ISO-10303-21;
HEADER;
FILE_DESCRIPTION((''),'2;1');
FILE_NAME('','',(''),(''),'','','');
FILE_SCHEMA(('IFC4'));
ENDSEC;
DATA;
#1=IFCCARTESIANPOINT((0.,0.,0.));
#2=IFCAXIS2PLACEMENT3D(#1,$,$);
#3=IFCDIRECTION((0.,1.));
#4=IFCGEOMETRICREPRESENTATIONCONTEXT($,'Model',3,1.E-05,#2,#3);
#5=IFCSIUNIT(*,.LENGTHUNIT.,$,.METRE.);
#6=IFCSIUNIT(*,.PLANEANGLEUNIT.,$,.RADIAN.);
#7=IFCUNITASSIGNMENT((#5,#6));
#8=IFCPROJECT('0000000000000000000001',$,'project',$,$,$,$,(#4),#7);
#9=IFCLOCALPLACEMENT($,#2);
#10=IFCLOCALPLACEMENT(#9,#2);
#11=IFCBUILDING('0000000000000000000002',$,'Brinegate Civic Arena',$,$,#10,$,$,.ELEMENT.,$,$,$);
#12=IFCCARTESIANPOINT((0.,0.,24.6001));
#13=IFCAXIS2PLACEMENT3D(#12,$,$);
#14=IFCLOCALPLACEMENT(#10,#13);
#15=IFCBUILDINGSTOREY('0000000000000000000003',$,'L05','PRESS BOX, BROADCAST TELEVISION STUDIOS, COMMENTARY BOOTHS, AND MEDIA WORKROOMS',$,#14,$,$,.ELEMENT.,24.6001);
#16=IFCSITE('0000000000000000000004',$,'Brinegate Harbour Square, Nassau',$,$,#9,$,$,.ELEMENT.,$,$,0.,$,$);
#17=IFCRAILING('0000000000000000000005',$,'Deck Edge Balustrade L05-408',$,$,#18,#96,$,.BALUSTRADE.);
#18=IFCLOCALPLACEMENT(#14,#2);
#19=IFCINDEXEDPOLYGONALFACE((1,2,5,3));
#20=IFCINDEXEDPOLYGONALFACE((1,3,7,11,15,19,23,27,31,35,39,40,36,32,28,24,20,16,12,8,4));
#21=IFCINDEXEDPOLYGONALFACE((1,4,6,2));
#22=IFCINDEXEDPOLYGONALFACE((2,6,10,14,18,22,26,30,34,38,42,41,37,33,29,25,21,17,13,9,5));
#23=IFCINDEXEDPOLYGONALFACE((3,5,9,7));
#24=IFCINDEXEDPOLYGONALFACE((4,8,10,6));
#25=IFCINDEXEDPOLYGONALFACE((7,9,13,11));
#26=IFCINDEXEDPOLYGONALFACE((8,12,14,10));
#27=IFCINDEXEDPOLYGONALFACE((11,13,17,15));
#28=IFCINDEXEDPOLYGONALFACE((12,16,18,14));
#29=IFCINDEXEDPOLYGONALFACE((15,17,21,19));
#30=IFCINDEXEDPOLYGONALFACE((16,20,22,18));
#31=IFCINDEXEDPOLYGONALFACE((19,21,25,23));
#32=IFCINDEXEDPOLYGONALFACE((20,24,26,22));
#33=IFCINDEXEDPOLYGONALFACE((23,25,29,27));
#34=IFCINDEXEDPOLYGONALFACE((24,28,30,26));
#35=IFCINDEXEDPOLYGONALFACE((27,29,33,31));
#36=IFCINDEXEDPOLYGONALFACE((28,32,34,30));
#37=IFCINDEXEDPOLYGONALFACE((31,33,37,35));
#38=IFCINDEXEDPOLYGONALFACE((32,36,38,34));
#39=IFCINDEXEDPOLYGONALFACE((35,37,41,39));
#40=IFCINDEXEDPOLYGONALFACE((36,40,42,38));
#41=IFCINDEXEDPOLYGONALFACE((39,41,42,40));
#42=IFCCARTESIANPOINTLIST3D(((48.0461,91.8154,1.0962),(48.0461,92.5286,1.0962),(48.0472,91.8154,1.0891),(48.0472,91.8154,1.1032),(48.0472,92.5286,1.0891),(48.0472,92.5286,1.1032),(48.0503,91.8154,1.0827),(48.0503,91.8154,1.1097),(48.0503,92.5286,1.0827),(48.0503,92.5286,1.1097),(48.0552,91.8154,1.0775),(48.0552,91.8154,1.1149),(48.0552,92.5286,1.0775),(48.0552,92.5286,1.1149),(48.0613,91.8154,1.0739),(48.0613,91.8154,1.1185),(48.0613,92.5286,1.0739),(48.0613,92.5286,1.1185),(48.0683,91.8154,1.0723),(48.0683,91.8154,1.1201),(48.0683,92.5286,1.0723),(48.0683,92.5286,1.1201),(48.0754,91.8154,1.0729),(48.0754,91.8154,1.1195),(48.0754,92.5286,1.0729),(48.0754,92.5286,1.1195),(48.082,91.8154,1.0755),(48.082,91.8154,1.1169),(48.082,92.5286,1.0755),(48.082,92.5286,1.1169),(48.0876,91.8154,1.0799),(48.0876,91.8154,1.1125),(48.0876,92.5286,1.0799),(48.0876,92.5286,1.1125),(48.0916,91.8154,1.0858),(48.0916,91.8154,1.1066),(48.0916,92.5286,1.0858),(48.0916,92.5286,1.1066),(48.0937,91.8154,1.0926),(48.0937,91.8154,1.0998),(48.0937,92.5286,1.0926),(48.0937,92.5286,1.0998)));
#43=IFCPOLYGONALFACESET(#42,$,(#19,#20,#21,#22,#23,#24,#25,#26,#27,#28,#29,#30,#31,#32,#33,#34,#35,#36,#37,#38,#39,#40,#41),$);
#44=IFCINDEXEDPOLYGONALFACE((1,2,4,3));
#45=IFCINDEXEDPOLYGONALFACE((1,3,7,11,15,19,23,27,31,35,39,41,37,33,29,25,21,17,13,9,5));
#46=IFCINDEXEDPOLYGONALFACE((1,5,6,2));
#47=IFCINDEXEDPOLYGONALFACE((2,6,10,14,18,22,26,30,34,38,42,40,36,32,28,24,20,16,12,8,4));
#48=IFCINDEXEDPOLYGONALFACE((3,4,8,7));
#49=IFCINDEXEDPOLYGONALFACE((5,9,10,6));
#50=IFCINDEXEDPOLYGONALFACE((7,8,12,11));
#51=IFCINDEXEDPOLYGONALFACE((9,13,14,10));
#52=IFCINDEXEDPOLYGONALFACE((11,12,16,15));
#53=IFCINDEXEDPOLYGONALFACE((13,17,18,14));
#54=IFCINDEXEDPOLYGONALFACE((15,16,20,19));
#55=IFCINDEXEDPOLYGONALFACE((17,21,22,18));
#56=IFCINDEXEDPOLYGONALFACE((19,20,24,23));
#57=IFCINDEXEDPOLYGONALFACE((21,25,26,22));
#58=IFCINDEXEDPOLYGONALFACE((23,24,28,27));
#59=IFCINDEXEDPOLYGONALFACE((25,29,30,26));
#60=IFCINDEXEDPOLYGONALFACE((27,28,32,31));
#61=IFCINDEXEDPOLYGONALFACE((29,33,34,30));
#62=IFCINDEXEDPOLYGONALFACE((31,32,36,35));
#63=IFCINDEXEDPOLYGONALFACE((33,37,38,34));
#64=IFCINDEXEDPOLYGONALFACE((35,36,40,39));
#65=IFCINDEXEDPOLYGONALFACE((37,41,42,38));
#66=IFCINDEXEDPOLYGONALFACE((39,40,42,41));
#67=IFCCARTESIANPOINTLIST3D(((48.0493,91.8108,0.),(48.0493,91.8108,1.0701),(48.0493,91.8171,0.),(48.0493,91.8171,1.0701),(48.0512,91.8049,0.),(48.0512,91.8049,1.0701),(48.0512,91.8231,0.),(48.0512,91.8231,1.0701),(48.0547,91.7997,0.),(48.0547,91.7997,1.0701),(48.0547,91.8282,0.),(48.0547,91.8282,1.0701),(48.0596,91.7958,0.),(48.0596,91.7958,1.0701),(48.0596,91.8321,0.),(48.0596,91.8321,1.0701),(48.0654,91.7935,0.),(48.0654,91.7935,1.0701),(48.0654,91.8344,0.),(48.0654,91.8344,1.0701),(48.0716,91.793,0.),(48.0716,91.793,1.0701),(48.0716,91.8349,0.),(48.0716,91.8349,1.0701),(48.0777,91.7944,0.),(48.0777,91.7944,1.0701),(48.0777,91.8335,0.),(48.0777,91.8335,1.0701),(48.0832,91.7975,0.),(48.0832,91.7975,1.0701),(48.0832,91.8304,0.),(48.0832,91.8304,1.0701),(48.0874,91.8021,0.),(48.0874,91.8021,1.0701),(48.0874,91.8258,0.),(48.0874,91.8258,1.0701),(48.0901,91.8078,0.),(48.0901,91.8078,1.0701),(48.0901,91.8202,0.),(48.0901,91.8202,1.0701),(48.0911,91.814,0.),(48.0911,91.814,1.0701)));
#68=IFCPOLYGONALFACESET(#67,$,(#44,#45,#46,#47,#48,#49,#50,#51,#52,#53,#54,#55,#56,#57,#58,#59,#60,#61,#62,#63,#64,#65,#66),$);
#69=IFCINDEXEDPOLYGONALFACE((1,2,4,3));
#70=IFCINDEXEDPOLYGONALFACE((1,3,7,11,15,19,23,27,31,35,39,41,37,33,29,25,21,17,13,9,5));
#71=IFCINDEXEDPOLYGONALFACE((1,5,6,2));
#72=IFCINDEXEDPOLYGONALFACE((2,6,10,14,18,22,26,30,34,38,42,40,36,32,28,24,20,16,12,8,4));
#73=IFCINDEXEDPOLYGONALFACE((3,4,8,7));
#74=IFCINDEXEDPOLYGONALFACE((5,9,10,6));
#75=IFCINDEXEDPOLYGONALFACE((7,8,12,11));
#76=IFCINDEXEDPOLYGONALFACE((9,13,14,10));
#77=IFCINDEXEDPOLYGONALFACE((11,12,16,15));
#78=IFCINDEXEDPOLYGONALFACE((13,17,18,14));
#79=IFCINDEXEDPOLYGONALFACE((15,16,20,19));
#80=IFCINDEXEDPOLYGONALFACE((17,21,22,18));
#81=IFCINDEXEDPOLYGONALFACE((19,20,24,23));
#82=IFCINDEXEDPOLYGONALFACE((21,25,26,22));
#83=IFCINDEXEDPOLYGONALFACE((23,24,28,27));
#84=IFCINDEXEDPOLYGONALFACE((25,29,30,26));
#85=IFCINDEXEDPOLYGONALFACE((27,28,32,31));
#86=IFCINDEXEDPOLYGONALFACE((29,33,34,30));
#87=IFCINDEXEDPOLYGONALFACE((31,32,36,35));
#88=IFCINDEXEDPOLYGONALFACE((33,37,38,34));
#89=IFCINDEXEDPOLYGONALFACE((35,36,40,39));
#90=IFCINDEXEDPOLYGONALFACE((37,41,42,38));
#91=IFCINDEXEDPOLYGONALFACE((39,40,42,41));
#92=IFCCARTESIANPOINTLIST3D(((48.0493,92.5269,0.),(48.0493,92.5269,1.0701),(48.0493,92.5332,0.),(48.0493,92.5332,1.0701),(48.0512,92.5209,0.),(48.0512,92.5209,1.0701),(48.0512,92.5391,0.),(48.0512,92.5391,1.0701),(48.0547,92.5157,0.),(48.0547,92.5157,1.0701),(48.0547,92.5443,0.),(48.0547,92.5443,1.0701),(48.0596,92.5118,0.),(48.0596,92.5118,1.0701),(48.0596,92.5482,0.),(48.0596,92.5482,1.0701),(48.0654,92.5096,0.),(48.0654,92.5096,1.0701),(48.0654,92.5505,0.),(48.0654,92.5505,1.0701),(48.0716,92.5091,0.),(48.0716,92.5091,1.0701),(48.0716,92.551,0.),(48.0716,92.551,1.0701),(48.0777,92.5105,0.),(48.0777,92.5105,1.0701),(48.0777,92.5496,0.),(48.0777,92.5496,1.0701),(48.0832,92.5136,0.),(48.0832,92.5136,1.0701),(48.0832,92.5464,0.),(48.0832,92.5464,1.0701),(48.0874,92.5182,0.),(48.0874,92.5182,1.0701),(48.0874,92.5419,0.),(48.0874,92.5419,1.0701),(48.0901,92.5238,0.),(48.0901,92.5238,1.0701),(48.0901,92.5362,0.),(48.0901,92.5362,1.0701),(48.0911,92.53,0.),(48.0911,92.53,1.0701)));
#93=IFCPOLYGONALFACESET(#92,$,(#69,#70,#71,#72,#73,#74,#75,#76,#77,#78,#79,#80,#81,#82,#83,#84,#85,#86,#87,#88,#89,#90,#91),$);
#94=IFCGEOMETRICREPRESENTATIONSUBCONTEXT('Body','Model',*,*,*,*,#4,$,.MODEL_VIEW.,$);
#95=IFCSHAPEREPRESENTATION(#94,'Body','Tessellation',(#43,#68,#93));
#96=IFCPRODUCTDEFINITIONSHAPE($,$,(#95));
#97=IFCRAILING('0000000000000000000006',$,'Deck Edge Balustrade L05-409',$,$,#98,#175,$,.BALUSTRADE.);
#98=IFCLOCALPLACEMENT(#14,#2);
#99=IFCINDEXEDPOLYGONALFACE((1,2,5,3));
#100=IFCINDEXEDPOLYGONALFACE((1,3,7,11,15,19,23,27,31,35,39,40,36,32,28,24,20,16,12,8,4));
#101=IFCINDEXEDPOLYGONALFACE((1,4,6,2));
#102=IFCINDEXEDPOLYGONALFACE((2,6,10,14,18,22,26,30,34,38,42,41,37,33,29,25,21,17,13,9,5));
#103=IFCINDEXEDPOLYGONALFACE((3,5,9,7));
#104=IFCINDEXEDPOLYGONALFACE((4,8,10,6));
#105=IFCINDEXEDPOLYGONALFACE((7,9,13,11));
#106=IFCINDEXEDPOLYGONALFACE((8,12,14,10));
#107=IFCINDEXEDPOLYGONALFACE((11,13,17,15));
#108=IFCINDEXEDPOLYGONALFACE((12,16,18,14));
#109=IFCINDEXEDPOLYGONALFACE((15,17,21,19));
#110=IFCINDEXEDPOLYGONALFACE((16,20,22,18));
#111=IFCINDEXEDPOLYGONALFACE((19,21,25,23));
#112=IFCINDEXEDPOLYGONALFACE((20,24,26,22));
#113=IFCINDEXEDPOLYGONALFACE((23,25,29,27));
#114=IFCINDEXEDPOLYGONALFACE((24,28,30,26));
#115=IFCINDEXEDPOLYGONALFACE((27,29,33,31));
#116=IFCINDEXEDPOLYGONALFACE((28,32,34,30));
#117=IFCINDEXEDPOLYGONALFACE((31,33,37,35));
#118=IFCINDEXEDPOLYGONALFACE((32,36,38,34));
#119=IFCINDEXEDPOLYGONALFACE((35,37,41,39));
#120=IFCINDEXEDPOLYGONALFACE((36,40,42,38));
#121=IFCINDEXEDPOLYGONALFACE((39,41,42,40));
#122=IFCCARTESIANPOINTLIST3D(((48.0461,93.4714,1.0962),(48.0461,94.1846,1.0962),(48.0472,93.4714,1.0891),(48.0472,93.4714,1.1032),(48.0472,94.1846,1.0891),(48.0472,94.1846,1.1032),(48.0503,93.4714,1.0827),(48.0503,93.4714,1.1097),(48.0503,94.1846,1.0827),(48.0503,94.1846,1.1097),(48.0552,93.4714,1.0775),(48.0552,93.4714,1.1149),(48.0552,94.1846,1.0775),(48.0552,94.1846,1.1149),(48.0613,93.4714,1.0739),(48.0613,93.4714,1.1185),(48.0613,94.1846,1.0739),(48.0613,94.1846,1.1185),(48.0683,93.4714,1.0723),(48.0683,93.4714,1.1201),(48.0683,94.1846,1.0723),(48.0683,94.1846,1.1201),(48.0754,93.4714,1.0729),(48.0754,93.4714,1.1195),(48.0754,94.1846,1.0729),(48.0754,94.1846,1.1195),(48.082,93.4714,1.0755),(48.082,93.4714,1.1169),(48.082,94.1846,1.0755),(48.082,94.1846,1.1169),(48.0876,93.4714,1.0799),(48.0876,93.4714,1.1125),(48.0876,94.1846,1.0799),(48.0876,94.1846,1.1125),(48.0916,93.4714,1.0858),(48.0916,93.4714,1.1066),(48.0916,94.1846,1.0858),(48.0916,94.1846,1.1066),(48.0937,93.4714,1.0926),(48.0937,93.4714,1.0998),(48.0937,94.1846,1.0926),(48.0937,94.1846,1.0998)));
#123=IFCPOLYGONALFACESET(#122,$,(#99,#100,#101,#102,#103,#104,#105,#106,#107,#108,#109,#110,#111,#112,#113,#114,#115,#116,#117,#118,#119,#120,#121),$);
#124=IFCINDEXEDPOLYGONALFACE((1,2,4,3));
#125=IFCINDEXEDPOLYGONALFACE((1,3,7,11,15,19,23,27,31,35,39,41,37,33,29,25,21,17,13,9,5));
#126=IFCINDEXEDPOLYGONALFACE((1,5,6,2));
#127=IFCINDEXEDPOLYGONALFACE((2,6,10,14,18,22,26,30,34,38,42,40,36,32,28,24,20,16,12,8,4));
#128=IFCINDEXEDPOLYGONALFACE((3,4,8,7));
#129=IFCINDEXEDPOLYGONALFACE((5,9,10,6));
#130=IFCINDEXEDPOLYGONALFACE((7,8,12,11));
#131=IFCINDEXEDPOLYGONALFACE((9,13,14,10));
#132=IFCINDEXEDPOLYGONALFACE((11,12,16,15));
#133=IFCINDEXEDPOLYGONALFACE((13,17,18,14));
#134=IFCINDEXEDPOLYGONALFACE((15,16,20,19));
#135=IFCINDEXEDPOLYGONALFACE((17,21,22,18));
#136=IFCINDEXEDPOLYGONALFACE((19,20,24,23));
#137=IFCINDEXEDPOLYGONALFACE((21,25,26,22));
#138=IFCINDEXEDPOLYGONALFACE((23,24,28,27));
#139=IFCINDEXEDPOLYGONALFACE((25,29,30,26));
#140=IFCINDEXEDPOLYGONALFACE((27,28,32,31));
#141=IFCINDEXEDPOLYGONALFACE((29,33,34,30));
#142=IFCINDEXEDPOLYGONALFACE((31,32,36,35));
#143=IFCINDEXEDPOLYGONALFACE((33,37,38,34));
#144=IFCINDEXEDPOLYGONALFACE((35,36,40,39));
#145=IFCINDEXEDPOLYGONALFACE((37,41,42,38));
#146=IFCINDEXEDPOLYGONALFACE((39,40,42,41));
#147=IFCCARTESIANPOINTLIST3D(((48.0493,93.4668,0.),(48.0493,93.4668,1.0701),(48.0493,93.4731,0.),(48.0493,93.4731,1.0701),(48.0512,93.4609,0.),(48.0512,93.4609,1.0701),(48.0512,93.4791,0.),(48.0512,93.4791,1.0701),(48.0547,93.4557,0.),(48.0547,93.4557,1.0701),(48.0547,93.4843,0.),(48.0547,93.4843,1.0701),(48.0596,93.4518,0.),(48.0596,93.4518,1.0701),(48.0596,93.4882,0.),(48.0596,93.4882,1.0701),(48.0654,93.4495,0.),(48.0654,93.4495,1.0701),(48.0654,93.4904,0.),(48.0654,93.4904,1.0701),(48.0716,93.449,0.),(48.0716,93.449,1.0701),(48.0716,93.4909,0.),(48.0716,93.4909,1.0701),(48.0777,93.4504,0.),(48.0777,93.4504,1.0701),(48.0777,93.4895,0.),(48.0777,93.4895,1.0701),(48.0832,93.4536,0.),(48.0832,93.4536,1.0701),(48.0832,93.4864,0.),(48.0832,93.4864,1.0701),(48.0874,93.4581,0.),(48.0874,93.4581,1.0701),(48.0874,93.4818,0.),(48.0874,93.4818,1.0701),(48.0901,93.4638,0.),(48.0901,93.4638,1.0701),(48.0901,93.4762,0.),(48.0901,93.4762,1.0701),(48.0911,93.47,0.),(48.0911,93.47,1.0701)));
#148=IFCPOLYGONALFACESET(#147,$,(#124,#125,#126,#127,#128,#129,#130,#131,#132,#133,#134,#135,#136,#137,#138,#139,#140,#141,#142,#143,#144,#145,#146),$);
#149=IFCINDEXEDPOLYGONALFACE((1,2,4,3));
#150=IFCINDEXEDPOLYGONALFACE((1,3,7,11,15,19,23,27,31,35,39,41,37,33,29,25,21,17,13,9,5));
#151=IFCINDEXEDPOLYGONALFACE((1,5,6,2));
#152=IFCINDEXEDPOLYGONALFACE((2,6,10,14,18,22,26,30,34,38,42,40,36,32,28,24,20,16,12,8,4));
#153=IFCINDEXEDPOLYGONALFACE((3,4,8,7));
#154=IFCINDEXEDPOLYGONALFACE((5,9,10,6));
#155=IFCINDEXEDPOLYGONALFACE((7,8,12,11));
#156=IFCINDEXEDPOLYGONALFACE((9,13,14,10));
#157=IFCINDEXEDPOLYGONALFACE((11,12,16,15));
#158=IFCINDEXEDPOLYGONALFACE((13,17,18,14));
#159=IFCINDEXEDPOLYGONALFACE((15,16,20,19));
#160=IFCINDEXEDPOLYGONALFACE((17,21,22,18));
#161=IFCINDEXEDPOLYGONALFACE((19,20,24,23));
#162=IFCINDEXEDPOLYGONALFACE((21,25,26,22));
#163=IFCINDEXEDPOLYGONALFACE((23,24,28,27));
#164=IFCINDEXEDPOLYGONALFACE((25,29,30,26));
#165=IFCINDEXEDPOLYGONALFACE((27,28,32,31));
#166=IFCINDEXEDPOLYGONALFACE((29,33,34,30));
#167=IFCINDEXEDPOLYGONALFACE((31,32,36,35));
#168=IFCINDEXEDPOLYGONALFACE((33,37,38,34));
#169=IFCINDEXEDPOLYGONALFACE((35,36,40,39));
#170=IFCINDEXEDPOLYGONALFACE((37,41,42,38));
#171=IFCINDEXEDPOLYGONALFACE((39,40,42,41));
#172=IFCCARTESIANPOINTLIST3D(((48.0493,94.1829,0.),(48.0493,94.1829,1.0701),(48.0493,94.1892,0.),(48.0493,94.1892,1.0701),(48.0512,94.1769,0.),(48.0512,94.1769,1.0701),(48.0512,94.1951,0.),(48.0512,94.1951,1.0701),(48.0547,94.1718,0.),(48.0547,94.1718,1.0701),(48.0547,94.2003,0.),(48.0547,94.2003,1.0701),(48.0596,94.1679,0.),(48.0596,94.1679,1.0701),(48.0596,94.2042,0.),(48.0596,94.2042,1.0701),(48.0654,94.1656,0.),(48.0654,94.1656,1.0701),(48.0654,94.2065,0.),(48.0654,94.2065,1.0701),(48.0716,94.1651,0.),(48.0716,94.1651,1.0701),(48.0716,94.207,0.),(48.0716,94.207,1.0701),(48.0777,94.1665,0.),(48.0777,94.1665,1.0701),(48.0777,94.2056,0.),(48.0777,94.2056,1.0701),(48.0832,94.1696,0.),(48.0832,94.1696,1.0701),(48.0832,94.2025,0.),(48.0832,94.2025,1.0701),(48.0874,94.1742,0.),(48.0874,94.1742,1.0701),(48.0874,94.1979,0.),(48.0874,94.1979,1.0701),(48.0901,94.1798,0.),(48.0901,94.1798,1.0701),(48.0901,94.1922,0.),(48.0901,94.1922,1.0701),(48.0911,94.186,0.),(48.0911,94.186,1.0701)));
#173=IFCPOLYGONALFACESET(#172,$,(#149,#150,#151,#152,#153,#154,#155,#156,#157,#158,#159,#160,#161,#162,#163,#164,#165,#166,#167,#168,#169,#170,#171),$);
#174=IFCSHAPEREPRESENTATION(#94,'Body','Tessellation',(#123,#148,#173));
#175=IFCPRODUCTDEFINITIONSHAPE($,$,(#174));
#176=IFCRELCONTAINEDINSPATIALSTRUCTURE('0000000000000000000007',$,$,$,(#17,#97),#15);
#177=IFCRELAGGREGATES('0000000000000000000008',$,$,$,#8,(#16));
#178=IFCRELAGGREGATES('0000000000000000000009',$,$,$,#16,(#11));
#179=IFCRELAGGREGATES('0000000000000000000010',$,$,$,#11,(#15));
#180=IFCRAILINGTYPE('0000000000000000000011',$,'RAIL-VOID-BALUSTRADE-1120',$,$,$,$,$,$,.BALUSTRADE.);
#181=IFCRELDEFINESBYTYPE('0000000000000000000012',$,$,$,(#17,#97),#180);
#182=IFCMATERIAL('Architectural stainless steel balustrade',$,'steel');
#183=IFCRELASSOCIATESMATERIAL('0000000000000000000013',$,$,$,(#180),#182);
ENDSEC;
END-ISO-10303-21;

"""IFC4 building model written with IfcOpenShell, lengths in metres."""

from ifc_helpers import new_model, si_unit, direction, frame, origin, origin_2d, place, context, subcontext, project, spatial, circle, extrude, material, type_object, element, save


model = new_model("IFC4")

# Units and contexts
model_context = context("Model", 3, precision=1e-05, world=origin(), true_north=direction((0.0, 1.0)))
body_context = subcontext(model_context, "Body", "Model", "MODEL_VIEW")
ifc_project = project(units=[si_unit("LENGTHUNIT", "METRE"), si_unit("PLANEANGLEUNIT", "RADIAN")], contexts=[model_context])

# Site, building, storey
site_placement = place(None, origin())
site = spatial("IfcSite", under=ifc_project, at=site_placement, Name="Brinegate Harbour Square, Nassau", CompositionType="ELEMENT", RefElevation=0.0)
building_placement = place(site_placement, origin())
building = spatial("IfcBuilding", under=site, at=building_placement, Name="Brinegate Civic Arena", CompositionType="ELEMENT")
storey_placement = place(building_placement, frame((0.0, 0.0, 24.6001)))
storey = spatial("IfcBuildingStorey", under=building, at=storey_placement, Name="L05", Description="PRESS BOX, BROADCAST TELEVISION STUDIOS, COMMENTARY BOOTHS, AND MEDIA WORKROOMS", CompositionType="ELEMENT", Elevation=24.6001)

# Railings
ifc_material_1 = material(Name="Architectural stainless steel balustrade", Category="steel")
railing_type = type_object("IfcRailingType", Name="RAIL-VOID-BALUSTRADE-1120", PredefinedType="BALUSTRADE", material=ifc_material_1)
for number, where, name in (
    (1, (48.0701, 91.814, 0.0), "Deck Edge Balustrade L05-408"),
    (2, (48.0701, 93.47, 0.0), "Deck Edge Balustrade L05-409"),
):
    element("IfcRailing", number, at=place(storey_placement, frame(where)), inside=storey, type_object=railing_type, Name=name, PredefinedType="BALUSTRADE", context=body_context, shape_type="SweptSolid", body=[
        extrude(circle(Radius=0.0239, at=origin_2d()), frame((0.0, 0.0015, 1.0962), z_axis=(0.0, 1.0, 0.0), x_axis=(-1.0, 0.0, 0.0)), (0.0, 0.0, 1.0), 0.7131),
        extrude(circle(Radius=0.021, at=origin_2d()), origin(), (0.0, 0.0, 1.0), 1.0701),
        extrude(circle(Radius=0.021, at=origin_2d()), frame((0.0, 0.7161, 0.0)), (0.0, 0.0, 1.0), 1.0701),
    ])

save(model, "model.ifc")
